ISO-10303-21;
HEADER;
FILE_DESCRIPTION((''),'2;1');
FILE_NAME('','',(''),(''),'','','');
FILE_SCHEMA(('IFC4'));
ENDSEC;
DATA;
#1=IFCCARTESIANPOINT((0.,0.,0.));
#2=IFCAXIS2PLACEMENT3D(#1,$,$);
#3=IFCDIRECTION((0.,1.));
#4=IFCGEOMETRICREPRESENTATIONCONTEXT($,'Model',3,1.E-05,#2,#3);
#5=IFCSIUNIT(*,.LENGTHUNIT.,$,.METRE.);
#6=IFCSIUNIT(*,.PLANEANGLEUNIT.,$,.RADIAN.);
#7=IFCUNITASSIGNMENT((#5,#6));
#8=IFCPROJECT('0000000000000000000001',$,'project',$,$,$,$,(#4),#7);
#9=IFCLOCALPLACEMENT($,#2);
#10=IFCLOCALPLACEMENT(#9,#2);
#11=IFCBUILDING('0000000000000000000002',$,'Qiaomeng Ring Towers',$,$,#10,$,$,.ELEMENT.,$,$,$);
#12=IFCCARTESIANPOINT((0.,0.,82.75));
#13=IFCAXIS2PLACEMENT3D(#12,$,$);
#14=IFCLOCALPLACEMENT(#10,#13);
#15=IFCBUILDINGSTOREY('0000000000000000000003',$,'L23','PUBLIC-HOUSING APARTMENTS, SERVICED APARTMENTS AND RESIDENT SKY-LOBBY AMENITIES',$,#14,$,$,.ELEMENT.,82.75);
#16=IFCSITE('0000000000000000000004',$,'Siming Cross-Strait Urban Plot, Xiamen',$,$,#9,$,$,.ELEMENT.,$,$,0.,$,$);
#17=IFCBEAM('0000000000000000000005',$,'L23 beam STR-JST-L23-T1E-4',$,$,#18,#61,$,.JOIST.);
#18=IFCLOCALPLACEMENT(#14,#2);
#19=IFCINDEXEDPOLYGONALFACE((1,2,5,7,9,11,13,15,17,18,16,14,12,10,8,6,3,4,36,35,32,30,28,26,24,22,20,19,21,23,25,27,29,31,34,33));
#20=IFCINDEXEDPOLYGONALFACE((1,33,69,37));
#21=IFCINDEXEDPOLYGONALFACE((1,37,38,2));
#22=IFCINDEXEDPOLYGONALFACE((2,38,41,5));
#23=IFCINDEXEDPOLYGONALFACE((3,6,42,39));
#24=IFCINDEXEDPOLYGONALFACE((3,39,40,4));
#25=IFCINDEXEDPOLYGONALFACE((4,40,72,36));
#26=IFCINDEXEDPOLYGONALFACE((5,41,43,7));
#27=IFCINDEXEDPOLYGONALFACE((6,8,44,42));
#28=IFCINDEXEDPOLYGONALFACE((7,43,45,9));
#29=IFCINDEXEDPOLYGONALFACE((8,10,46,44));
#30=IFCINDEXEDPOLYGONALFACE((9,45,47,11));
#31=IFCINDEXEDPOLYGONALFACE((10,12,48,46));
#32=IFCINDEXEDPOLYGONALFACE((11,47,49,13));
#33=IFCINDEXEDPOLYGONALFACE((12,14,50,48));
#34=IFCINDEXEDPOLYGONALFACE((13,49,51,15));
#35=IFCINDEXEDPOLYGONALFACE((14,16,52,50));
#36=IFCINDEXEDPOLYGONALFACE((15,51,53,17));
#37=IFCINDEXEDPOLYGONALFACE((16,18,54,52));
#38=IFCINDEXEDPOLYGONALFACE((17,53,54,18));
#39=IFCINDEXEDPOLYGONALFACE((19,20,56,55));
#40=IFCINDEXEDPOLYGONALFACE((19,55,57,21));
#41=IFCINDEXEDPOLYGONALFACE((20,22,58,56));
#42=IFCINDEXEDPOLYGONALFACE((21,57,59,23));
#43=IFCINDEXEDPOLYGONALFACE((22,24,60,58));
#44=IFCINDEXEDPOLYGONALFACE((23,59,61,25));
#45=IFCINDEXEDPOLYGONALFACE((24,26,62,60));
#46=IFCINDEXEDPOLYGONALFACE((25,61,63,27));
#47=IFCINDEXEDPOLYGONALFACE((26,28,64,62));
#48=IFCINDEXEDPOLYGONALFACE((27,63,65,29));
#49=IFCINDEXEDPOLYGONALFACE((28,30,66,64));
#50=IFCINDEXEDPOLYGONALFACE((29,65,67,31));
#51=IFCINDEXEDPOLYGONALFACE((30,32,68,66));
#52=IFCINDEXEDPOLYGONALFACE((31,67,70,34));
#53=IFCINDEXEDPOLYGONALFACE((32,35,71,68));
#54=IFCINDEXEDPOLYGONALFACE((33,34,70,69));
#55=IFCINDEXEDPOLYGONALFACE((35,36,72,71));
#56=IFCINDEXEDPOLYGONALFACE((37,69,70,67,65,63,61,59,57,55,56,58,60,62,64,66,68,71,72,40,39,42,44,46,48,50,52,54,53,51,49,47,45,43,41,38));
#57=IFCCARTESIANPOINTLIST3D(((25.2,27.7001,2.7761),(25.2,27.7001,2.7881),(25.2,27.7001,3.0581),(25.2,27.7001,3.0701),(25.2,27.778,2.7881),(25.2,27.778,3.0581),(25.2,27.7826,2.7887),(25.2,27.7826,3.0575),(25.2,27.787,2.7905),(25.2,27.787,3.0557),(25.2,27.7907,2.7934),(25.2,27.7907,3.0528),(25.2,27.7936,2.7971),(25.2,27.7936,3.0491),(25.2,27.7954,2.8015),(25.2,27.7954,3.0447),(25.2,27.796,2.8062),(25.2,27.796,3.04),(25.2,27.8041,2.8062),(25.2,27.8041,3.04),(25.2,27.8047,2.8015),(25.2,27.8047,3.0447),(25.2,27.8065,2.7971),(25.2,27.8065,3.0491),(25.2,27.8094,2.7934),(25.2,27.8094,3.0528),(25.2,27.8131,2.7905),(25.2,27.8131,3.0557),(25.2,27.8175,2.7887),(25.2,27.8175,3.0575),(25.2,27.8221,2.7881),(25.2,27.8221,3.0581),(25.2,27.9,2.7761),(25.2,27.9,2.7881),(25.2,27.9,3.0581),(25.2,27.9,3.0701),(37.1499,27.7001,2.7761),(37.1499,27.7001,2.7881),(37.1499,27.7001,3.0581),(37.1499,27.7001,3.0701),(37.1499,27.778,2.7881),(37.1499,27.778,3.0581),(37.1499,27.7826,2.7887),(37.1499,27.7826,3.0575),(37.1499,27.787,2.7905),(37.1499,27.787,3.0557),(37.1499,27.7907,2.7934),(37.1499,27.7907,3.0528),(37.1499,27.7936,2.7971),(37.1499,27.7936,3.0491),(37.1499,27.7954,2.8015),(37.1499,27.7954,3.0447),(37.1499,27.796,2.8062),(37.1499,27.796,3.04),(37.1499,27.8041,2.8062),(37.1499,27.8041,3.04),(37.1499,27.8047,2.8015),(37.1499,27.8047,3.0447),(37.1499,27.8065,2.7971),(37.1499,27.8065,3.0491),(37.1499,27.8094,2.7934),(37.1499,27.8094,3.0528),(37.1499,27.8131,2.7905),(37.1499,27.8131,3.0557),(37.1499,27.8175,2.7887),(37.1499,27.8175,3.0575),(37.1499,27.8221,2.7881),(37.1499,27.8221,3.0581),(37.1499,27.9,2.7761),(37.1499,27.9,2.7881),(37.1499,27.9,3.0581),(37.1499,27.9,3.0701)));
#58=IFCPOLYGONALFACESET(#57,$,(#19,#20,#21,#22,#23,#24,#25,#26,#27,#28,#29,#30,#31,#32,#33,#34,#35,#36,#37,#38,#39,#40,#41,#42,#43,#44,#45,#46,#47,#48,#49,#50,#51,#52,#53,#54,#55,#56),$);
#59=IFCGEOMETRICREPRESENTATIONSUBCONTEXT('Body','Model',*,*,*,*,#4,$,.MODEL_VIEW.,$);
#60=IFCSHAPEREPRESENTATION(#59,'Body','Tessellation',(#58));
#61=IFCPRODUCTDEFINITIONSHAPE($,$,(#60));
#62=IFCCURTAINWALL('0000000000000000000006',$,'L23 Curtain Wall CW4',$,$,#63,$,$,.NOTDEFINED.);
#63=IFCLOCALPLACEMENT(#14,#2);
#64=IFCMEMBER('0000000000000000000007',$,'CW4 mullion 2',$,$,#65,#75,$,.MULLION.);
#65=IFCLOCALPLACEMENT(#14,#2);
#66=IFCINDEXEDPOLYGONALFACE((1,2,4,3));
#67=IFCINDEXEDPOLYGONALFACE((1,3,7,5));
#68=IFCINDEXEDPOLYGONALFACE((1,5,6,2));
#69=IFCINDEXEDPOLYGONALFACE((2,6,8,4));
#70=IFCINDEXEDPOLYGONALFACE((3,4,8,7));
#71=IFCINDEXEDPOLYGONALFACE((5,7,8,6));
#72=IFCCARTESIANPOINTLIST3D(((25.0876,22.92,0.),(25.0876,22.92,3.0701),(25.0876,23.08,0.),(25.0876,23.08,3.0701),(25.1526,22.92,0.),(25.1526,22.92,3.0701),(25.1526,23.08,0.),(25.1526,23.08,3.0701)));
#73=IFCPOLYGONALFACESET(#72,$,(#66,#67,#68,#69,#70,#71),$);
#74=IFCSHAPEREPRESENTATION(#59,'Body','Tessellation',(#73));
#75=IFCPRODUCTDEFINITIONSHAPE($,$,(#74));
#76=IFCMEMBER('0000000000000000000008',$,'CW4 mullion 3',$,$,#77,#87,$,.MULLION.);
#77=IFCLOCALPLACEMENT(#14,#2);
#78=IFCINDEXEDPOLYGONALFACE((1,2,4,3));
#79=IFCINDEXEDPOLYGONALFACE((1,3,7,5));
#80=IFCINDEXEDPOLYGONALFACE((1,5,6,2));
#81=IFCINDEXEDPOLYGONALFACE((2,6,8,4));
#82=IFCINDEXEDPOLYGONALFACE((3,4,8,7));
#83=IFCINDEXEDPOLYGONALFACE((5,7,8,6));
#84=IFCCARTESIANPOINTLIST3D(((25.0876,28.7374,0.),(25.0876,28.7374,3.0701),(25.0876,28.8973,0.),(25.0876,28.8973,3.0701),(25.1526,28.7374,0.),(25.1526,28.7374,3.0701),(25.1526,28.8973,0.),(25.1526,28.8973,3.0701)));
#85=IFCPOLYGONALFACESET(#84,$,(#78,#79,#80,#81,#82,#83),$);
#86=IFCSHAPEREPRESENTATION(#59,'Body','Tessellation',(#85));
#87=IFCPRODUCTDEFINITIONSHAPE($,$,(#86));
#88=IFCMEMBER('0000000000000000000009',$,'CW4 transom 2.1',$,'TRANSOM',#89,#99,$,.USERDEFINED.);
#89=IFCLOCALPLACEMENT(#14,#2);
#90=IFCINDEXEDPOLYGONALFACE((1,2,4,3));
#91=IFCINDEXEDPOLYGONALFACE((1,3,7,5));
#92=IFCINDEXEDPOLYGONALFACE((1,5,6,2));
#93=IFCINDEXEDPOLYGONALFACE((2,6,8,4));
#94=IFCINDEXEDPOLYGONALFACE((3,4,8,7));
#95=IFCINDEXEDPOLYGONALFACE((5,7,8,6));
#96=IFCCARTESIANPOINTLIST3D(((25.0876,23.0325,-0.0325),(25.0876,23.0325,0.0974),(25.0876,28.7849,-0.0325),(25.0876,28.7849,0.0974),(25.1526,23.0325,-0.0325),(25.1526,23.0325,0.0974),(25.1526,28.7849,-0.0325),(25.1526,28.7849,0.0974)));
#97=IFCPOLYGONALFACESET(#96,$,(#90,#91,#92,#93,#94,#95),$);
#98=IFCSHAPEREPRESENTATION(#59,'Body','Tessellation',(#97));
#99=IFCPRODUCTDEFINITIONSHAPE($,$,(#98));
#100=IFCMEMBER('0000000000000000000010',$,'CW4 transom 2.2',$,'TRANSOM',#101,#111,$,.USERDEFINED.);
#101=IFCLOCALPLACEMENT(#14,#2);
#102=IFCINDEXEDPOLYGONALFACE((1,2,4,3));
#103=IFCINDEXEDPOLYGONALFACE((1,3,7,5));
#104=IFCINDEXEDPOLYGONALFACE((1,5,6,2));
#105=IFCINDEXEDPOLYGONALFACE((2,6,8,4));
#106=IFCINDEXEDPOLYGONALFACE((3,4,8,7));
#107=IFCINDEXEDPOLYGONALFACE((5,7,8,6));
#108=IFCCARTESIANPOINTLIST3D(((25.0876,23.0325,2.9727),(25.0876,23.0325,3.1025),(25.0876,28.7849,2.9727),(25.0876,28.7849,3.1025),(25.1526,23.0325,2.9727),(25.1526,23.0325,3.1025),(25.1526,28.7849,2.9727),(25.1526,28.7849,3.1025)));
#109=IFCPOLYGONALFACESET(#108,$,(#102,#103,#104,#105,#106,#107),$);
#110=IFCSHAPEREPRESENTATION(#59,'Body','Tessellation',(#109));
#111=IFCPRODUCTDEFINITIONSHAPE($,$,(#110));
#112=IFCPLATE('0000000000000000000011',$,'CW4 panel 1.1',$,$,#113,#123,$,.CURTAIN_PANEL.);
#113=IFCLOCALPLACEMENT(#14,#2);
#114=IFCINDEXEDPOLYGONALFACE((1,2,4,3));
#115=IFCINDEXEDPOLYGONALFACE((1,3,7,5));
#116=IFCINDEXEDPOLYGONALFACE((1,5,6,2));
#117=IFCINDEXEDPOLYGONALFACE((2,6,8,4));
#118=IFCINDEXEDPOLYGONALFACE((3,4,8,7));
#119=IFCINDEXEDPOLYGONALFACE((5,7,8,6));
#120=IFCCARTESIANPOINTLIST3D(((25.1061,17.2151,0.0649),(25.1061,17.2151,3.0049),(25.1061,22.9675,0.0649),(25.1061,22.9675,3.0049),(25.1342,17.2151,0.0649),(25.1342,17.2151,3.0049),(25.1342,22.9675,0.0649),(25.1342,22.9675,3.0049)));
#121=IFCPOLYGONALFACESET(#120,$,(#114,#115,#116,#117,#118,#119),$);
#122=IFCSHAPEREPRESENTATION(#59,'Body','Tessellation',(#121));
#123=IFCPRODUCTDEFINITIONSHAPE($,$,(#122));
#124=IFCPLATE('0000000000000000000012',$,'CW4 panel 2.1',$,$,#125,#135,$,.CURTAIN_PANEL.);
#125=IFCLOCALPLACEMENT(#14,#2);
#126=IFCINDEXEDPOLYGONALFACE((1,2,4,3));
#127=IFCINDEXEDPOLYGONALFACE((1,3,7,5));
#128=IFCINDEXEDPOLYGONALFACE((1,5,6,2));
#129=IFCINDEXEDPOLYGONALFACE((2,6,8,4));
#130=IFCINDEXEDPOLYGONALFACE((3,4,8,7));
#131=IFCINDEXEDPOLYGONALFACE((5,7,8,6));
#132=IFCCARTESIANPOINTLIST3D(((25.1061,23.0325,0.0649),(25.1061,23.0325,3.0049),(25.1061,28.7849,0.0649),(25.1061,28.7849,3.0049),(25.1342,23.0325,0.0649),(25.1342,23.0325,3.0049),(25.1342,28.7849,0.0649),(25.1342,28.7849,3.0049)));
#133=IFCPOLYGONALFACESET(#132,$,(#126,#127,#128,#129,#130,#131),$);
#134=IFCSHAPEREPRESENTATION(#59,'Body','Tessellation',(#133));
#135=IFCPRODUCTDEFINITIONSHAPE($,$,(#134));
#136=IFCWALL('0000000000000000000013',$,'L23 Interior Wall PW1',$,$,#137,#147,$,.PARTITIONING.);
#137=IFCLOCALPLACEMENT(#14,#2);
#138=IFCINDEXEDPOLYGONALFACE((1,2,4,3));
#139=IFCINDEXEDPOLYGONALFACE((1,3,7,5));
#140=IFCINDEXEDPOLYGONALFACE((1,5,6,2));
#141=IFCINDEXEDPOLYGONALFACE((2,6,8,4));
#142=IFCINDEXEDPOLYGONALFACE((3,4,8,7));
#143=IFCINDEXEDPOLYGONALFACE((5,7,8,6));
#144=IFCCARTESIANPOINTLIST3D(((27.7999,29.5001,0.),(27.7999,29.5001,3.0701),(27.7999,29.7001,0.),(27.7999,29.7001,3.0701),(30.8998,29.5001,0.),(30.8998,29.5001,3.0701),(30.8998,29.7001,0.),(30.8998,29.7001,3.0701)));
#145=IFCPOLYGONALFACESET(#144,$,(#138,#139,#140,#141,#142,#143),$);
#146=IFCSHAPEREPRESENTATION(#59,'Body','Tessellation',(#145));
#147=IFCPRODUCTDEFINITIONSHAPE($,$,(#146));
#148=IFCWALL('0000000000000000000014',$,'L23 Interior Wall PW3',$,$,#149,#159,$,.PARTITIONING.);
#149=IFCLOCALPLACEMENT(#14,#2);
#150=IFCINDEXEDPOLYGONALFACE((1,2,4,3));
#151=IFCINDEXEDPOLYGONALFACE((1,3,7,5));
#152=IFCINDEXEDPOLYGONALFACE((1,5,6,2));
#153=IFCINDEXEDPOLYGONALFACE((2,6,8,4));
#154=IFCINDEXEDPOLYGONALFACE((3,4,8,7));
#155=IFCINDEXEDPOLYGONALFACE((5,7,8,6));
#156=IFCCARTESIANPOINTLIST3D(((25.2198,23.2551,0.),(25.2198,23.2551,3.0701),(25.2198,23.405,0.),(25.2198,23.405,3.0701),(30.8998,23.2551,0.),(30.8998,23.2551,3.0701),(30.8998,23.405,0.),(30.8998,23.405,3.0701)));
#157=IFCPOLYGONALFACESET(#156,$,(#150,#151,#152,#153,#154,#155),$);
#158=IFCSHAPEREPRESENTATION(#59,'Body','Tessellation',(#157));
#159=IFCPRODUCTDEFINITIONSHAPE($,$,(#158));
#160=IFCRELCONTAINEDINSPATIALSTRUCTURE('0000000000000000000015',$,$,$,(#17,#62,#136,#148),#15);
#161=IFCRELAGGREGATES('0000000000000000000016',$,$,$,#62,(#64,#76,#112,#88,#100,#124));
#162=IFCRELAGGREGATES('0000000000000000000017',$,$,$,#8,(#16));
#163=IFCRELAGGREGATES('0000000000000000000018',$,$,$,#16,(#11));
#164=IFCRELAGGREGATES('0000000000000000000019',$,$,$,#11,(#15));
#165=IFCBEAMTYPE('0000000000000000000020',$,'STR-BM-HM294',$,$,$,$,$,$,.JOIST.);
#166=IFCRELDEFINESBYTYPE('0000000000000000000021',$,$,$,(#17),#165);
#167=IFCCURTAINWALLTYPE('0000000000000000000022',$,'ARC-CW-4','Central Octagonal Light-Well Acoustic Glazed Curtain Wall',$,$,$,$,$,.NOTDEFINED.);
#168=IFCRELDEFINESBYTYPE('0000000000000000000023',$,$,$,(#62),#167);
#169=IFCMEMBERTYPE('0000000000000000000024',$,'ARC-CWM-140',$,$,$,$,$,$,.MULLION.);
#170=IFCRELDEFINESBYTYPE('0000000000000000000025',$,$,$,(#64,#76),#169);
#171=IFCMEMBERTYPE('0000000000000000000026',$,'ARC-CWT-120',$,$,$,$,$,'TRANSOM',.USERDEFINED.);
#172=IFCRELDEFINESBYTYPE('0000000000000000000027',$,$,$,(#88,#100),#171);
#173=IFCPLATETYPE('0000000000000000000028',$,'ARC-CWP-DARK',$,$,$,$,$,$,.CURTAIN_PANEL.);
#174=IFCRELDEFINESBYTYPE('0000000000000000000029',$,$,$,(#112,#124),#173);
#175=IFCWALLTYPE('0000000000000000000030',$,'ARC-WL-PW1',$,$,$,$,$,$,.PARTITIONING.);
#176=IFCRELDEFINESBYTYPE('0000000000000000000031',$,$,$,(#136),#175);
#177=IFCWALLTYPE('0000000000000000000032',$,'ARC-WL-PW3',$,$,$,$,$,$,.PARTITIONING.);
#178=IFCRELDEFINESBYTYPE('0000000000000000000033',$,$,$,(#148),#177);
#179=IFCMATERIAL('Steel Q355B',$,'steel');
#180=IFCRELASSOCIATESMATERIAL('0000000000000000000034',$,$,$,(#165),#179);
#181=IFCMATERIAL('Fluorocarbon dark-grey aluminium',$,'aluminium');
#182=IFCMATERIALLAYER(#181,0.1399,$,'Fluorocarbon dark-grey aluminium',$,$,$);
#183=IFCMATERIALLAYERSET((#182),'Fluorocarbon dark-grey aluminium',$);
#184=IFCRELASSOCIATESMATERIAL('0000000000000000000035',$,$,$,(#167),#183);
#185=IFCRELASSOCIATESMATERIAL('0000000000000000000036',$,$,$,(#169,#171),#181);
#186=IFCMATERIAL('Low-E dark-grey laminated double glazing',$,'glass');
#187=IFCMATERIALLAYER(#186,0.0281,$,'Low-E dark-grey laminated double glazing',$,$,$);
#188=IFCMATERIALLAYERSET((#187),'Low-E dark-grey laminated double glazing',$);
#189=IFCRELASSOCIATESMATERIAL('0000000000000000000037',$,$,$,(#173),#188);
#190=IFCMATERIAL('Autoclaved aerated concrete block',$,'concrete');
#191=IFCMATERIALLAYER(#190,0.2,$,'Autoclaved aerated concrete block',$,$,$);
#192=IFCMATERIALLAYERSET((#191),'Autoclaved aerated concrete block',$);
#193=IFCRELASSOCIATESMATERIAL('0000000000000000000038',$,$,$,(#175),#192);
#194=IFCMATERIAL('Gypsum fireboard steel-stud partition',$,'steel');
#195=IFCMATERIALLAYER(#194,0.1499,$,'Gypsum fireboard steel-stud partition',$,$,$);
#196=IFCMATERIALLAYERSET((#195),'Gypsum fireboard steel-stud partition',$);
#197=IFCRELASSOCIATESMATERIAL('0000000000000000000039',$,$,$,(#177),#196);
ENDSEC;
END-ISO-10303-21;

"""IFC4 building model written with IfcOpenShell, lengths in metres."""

from ifc_helpers import new_model, si_unit, direction, frame, frame_2d, origin, origin_2d, place, context, subcontext, project, spatial, rectangle, i_section, extrude, source, transform, mapped, material, layer, layer_set, material_profile, profile_set, type_object, element, aggregate, save


model = new_model("IFC4")

# Units and contexts
model_context = context("Model", 3, precision=1e-05, world=origin(), true_north=direction((0.0, 1.0)))
body_context = subcontext(model_context, "Body", "Model", "MODEL_VIEW")
ifc_project = project(units=[si_unit("LENGTHUNIT", "METRE"), si_unit("PLANEANGLEUNIT", "RADIAN")], contexts=[model_context])

# Site, building, storey
site_placement = place(None, origin())
site = spatial("IfcSite", under=ifc_project, at=site_placement, Name="Siming Cross-Strait Urban Plot, Xiamen", CompositionType="ELEMENT", RefElevation=0.0)
building_placement = place(site_placement, origin())
building = spatial("IfcBuilding", under=site, at=building_placement, Name="Qiaomeng Ring Towers", CompositionType="ELEMENT")
storey_placement = place(building_placement, frame((0.0, 0.0, 82.75)))
storey = spatial("IfcBuildingStorey", under=building, at=storey_placement, Name="L23", Description="PUBLIC-HOUSING APARTMENTS, SERVICED APARTMENTS AND RESIDENT SKY-LOBBY AMENITIES", CompositionType="ELEMENT", Elevation=82.75)

# Beam
ifc_material_1 = material(Name="Steel Q355B", Category="steel")
ifc_material_profile_1 = material_profile(ifc_material_1, i_section(OverallWidth=0.2, OverallDepth=0.2939, WebThickness=0.0081, FlangeThickness=0.012, FilletRadius=0.0181, at=origin_2d()), Name="HM 294x200x8x12")
ifc_profile_set_1 = profile_set([ifc_material_profile_1], Name="Steel Q355B")
beam_type_1 = type_object("IfcBeamType", Name="STR-BM-HM294", PredefinedType="JOIST", material=ifc_profile_set_1)
shared_shape_1 = source(origin(), body_context, "Body", "SweptSolid", [
    extrude(i_section(OverallWidth=0.2, OverallDepth=0.2939, WebThickness=0.0081, FlangeThickness=0.012, FilletRadius=0.0181, at=origin_2d()), origin(), (0.0, 0.0, 1.0), 11.95),
])
for number, where, z_axis, x_axis, name in (
    (1, (25.2, 27.8, 2.9231), (1.0, 0.0, 0.0), (0.0, 1.0, 0.0), "L23 beam STR-JST-L23-T1E-4"),
):
    element("IfcBeam", number, at=place(storey_placement, frame(where, z_axis=z_axis, x_axis=x_axis)), inside=storey, type_object=beam_type_1, Name=name, PredefinedType="JOIST", context=body_context, shape_type="MappedRepresentation", body=[
        mapped(shared_shape_1, transform((0.0, 0.0, 0.0), x_axis=(1.0, 0.0, 0.0), y_axis=(0.0, 1.0, 0.0), z_axis=(0.0, 0.0, 1.0), scale=1.0)),
    ])

# Curtain wall, members, plates
ifc_material_2 = material(Name="Fluorocarbon dark-grey aluminium", Category="aluminium")
ifc_layer_1 = layer(ifc_material_2, 0.1399, Name="Fluorocarbon dark-grey aluminium")
ifc_layer_set_1 = layer_set([ifc_layer_1], Name="Fluorocarbon dark-grey aluminium")
curtain_wall_type = type_object("IfcCurtainWallType", Name="ARC-CW-4", Description="Central Octagonal Light-Well Acoustic Glazed Curtain Wall", PredefinedType="NOTDEFINED", material=ifc_layer_set_1)
curtain_wall_placement = place(storey_placement, origin())
curtain_wall = element("IfcCurtainWall", 2, at=curtain_wall_placement, inside=storey, type_object=curtain_wall_type, Name="L23 Curtain Wall CW4", PredefinedType="NOTDEFINED")
ifc_material_profile_2 = material_profile(ifc_material_2, rectangle(XDim=0.0649, YDim=0.1599, at=origin_2d()), Name="ALU MULL 65x160")
ifc_profile_set_2 = profile_set([ifc_material_profile_2], Name="Fluorocarbon dark-grey aluminium")
member_type_1 = type_object("IfcMemberType", Name="ARC-CWM-140", PredefinedType="MULLION", material=ifc_profile_set_2)
shared_shape_2 = source(origin(), body_context, "Body", "SweptSolid", [
    extrude(rectangle(XDim=0.0649, YDim=0.1599, at=origin_2d()), origin(), (0.0, 0.0, 1.0), 3.0701),
])
member_1_placement = place(storey_placement, frame((25.1201, 23.0, 0.0), z_axis=(0.0, 0.0, 1.0), x_axis=(-1.0, 0.0, 0.0)))
member_1 = element("IfcMember", 3, at=member_1_placement, type_object=member_type_1, Name="CW4 mullion 2", PredefinedType="MULLION", context=body_context, shape_type="MappedRepresentation", body=[
    mapped(shared_shape_2, transform((0.0, 0.0, 0.0), x_axis=(1.0, 0.0, 0.0), y_axis=(0.0, 1.0, 0.0), z_axis=(0.0, 0.0, 1.0), scale=1.0)),
])
member_2_placement = place(storey_placement, frame((25.1201, 28.8174, 0.0), z_axis=(0.0, 0.0, 1.0), x_axis=(-1.0, 0.0, 0.0)))
member_2 = element("IfcMember", 4, at=member_2_placement, type_object=member_type_1, Name="CW4 mullion 3", PredefinedType="MULLION", context=body_context, shape_type="MappedRepresentation", body=[
    mapped(shared_shape_2, transform((0.0, 0.0, 0.0), x_axis=(1.0, 0.0, 0.0), y_axis=(0.0, 1.0, 0.0), z_axis=(0.0, 0.0, 1.0), scale=1.0)),
])
ifc_material_profile_3 = material_profile(ifc_material_2, rectangle(XDim=0.0649, YDim=0.1299, at=origin_2d()), Name="ALU TRAN 65x130")
ifc_profile_set_3 = profile_set([ifc_material_profile_3], Name="Fluorocarbon dark-grey aluminium")
member_type_2 = type_object("IfcMemberType", Name="ARC-CWT-120", ElementType="TRANSOM", PredefinedType="USERDEFINED", material=ifc_profile_set_3)
shared_shape_3 = source(origin(), body_context, "Body", "SweptSolid", [
    extrude(rectangle(XDim=0.0649, YDim=0.1299, at=origin_2d()), origin(), (0.0, 0.0, 1.0), 5.7524),
])
member_3_placement = place(storey_placement, frame((25.1201, 23.0325, 0.0325), z_axis=(0.0, 1.0, 0.0), x_axis=(-1.0, 0.0, 0.0)))
member_3 = element("IfcMember", 5, at=member_3_placement, type_object=member_type_2, Name="CW4 transom 2.1", ObjectType="TRANSOM", PredefinedType="USERDEFINED", context=body_context, shape_type="MappedRepresentation", body=[
    mapped(shared_shape_3, transform((0.0, 0.0, 0.0), x_axis=(1.0, 0.0, 0.0), y_axis=(0.0, 1.0, 0.0), z_axis=(0.0, 0.0, 1.0), scale=1.0)),
])
member_4_placement = place(storey_placement, frame((25.1201, 23.0325, 3.0376), z_axis=(0.0, 1.0, 0.0), x_axis=(-1.0, 0.0, 0.0)))
member_4 = element("IfcMember", 6, at=member_4_placement, type_object=member_type_2, Name="CW4 transom 2.2", ObjectType="TRANSOM", PredefinedType="USERDEFINED", context=body_context, shape_type="MappedRepresentation", body=[
    mapped(shared_shape_3, transform((0.0, 0.0, 0.0), x_axis=(1.0, 0.0, 0.0), y_axis=(0.0, 1.0, 0.0), z_axis=(0.0, 0.0, 1.0), scale=1.0)),
])
ifc_material_3 = material(Name="Low-E dark-grey laminated double glazing", Category="glass")
ifc_layer_2 = layer(ifc_material_3, 0.0281, Name="Low-E dark-grey laminated double glazing")
ifc_layer_set_2 = layer_set([ifc_layer_2], Name="Low-E dark-grey laminated double glazing")
plate_type = type_object("IfcPlateType", Name="ARC-CWP-DARK", PredefinedType="CURTAIN_PANEL", material=ifc_layer_set_2)
shared_shape_4 = source(origin(), body_context, "Body", "SweptSolid", [
    extrude(rectangle(XDim=5.7524, YDim=0.0281, at=origin_2d()), origin(), (0.0, 0.0, 1.0), 2.9399),
])
plate_1_placement = place(storey_placement, frame((25.1201, 20.0913, 0.0649), z_axis=(0.0, 0.0, 1.0), x_axis=(0.0, 1.0, 0.0)))
plate_1 = element("IfcPlate", 7, at=plate_1_placement, type_object=plate_type, Name="CW4 panel 1.1", PredefinedType="CURTAIN_PANEL", context=body_context, shape_type="MappedRepresentation", body=[
    mapped(shared_shape_4, transform((0.0, 0.0, 0.0), x_axis=(1.0, 0.0, 0.0), y_axis=(0.0, 1.0, 0.0), z_axis=(0.0, 0.0, 1.0), scale=1.0)),
])
plate_2_placement = place(storey_placement, frame((25.1201, 25.9087, 0.0649), z_axis=(0.0, 0.0, 1.0), x_axis=(0.0, 1.0, 0.0)))
plate_2 = element("IfcPlate", 8, at=plate_2_placement, type_object=plate_type, Name="CW4 panel 2.1", PredefinedType="CURTAIN_PANEL", context=body_context, shape_type="MappedRepresentation", body=[
    mapped(shared_shape_4, transform((0.0, 0.0, 0.0), x_axis=(1.0, 0.0, 0.0), y_axis=(0.0, 1.0, 0.0), z_axis=(0.0, 0.0, 1.0), scale=1.0)),
])
aggregate(curtain_wall, [member_1, member_2, plate_1, member_3, member_4, plate_2])

# Walls
ifc_material_4 = material(Name="Autoclaved aerated concrete block", Category="concrete")
ifc_layer_3 = layer(ifc_material_4, 0.2, Name="Autoclaved aerated concrete block")
ifc_layer_set_3 = layer_set([ifc_layer_3], Name="Autoclaved aerated concrete block")
wall_type_1 = type_object("IfcWallType", Name="ARC-WL-PW1", PredefinedType="PARTITIONING", material=ifc_layer_set_3)
wall_1_placement = place(storey_placement, frame((27.8, 29.6001, 0.0), z_axis=(0.0, 0.0, 1.0), x_axis=(1.0, 0.0, 0.0)))
element("IfcWall", 9, at=wall_1_placement, inside=storey, type_object=wall_type_1, Name="L23 Interior Wall PW1", PredefinedType="PARTITIONING", context=body_context, shape_type="SweptSolid", body=[
    extrude(rectangle(XDim=3.0999, YDim=0.2, at=frame_2d((1.5498, 0.0))), origin(), (0.0, 0.0, 1.0), 3.0701),
])
ifc_material_5 = material(Name="Gypsum fireboard steel-stud partition", Category="steel")
ifc_layer_4 = layer(ifc_material_5, 0.1499, Name="Gypsum fireboard steel-stud partition")
ifc_layer_set_4 = layer_set([ifc_layer_4], Name="Gypsum fireboard steel-stud partition")
wall_type_2 = type_object("IfcWallType", Name="ARC-WL-PW3", PredefinedType="PARTITIONING", material=ifc_layer_set_4)
wall_2_placement = place(storey_placement, frame((25.22, 23.3301, 0.0), z_axis=(0.0, 0.0, 1.0), x_axis=(1.0, 0.0, 0.0)))
element("IfcWall", 10, at=wall_2_placement, inside=storey, type_object=wall_type_2, Name="L23 Interior Wall PW3", PredefinedType="PARTITIONING", context=body_context, shape_type="SweptSolid", body=[
    extrude(rectangle(XDim=5.6799, YDim=0.1499, at=frame_2d((2.8398, 0.0))), origin(), (0.0, 0.0, 1.0), 3.0701),
])

save(model, "model.ifc")
